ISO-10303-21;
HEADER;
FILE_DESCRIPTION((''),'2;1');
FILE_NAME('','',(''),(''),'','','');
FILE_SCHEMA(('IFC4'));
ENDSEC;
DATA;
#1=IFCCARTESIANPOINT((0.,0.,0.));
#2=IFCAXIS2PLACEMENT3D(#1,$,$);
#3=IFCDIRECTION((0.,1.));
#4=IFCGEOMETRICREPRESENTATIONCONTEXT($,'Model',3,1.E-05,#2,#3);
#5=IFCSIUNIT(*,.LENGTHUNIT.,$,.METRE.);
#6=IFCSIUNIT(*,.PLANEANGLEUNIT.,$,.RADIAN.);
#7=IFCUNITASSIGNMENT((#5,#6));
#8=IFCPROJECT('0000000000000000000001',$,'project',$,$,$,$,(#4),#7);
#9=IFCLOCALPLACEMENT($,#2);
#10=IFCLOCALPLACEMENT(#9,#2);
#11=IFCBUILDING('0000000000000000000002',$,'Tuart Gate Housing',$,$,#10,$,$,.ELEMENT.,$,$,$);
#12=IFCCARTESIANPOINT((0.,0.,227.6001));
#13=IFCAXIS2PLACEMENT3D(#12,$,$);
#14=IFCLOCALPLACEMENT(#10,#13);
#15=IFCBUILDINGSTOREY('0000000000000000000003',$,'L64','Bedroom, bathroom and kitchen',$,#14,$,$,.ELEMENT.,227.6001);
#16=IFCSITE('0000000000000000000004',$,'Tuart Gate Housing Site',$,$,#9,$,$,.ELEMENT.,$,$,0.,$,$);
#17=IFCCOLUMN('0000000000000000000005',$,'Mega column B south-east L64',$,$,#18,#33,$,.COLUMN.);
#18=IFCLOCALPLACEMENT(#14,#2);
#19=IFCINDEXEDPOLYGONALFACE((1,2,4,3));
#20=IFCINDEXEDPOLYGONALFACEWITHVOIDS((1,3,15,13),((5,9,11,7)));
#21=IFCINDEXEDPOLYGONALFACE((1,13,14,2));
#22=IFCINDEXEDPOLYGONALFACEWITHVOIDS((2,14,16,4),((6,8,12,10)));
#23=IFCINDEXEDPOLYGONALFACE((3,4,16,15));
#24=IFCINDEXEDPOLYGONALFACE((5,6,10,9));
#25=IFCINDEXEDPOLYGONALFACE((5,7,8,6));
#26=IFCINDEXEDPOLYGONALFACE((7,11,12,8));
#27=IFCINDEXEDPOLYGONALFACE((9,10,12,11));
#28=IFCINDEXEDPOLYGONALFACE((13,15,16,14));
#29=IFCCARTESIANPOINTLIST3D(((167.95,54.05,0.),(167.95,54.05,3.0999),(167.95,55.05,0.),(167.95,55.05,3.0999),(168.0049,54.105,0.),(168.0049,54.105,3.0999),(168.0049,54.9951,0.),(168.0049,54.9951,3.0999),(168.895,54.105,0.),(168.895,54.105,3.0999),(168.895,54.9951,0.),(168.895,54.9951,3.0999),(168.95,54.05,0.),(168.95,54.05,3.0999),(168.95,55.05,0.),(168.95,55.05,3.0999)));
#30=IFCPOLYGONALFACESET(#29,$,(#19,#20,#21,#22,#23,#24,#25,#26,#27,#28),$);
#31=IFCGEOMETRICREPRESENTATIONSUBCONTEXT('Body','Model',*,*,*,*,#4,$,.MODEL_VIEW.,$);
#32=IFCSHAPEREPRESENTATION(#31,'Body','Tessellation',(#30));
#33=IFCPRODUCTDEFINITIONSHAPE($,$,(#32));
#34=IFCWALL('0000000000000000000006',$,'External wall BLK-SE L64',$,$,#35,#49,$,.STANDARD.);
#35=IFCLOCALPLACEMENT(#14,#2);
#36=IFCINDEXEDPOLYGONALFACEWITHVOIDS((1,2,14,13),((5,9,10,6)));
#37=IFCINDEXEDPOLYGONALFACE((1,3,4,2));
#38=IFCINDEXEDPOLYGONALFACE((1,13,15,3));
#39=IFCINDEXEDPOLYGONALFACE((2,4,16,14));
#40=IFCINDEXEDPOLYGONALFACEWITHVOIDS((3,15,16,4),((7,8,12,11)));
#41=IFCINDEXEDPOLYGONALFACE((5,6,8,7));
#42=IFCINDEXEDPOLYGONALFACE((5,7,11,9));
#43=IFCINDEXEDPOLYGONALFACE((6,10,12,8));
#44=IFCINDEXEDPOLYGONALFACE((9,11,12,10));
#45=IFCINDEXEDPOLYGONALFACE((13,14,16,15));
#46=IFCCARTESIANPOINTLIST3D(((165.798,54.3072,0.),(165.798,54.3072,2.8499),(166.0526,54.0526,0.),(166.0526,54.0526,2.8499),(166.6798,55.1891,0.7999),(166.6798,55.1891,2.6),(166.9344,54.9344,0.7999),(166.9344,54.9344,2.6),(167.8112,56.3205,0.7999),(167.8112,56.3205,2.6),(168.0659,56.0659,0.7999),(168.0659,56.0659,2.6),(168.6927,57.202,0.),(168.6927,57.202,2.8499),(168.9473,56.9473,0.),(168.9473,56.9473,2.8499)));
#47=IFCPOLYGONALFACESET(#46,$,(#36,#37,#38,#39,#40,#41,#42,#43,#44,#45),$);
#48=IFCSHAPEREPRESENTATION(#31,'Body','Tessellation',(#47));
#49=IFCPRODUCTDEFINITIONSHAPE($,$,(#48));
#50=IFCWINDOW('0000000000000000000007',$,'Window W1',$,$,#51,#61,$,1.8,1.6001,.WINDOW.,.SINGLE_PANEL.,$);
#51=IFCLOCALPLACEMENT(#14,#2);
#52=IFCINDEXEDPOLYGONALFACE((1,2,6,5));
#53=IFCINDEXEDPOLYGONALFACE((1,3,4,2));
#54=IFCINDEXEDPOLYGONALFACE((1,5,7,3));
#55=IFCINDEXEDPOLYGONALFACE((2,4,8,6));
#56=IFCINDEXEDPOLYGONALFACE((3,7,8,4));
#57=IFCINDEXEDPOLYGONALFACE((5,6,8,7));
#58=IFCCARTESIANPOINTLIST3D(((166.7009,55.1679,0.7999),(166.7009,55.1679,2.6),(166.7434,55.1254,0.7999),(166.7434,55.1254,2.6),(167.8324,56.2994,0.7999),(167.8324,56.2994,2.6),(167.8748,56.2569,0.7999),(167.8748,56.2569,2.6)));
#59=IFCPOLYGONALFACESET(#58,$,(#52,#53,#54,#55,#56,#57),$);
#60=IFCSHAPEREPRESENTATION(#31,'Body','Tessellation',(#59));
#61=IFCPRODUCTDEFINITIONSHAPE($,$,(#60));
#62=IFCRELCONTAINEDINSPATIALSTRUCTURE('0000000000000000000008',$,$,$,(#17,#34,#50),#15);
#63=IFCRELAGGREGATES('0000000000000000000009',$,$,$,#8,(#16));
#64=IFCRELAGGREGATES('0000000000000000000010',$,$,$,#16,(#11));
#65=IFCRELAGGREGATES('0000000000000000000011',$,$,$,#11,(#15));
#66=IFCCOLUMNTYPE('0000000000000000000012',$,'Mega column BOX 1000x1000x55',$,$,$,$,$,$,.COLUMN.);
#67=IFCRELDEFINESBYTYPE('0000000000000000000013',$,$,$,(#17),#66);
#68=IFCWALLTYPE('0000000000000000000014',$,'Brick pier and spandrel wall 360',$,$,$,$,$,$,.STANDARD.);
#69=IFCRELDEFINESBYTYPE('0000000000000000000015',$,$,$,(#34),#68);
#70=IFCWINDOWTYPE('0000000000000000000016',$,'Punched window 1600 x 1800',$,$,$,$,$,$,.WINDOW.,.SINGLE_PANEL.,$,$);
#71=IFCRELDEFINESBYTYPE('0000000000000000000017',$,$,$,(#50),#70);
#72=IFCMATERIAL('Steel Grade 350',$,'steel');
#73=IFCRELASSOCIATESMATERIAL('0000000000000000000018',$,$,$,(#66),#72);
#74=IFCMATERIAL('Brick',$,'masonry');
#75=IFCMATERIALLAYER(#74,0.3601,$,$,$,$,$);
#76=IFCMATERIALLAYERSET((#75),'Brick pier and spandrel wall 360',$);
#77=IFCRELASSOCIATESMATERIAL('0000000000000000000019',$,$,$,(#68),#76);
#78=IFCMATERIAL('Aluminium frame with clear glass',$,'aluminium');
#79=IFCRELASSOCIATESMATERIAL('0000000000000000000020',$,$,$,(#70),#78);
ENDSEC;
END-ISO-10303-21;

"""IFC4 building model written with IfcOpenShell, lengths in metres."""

from ifc_helpers import new_model, si_unit, direction, frame, frame_2d, origin, origin_2d, place, context, subcontext, project, spatial, rectangle, hollow_rectangle, extrude, material, layer, layer_set, material_profile, profile_set, type_object, element, fill, save


model = new_model("IFC4")

# Units and contexts
model_context = context("Model", 3, precision=1e-05, world=origin(), true_north=direction((0.0, 1.0)))
body_context = subcontext(model_context, "Body", "Model", "MODEL_VIEW")
ifc_project = project(units=[si_unit("LENGTHUNIT", "METRE"), si_unit("PLANEANGLEUNIT", "RADIAN")], contexts=[model_context])

# Site, building, storey
site_placement = place(None, origin())
site = spatial("IfcSite", under=ifc_project, at=site_placement, Name="Tuart Gate Housing Site", CompositionType="ELEMENT", RefElevation=0.0)
building_placement = place(site_placement, origin())
building = spatial("IfcBuilding", under=site, at=building_placement, Name="Tuart Gate Housing", CompositionType="ELEMENT")
storey_placement = place(building_placement, frame((0.0, 0.0, 227.6001)))
storey = spatial("IfcBuildingStorey", under=building, at=storey_placement, Name="L64", Description="Bedroom, bathroom and kitchen", CompositionType="ELEMENT", Elevation=227.6001)

# Column
ifc_material_1 = material(Name="Steel Grade 350", Category="steel")
ifc_material_profile = material_profile(ifc_material_1, hollow_rectangle(XDim=1.0, YDim=1.0, WallThickness=0.0549, at=origin_2d()), Name="BOX 1000x1000x55")
ifc_profile_set = profile_set([ifc_material_profile], Name="Steel Grade 350")
column_type = type_object("IfcColumnType", Name="Mega column BOX 1000x1000x55", PredefinedType="COLUMN", material=ifc_profile_set)
column_placement = place(storey_placement, frame((168.45, 54.55, 0.0), z_axis=(0.0, 0.0, 1.0), x_axis=(1.0, 0.0, 0.0)))
element("IfcColumn", 1, at=column_placement, inside=storey, type_object=column_type, Name="Mega column B south-east L64", PredefinedType="COLUMN", context=body_context, shape_type="SweptSolid", body=[
    extrude(hollow_rectangle(XDim=1.0, YDim=1.0, WallThickness=0.0549, at=origin_2d()), origin(), (0.0, 0.0, 1.0), 3.0999),
])

# Wall, opening, window
ifc_material_2 = material(Name="Brick", Category="masonry")
ifc_layer_1 = layer(ifc_material_2, 0.3601)
ifc_layer_set_1 = layer_set([ifc_layer_1], Name="Brick pier and spandrel wall 360")
wall_type_1 = type_object("IfcWallType", Name="Brick pier and spandrel wall 360", PredefinedType="STANDARD", material=ifc_layer_set_1)
wall_1_placement = place(storey_placement, frame((165.9253, 54.1799, 0.0), z_axis=(0.0, 0.0, 1.0), x_axis=(0.707107, 0.707107, 0.0)))
wall_1 = element("IfcWall", 2, at=wall_1_placement, inside=storey, type_object=wall_type_1, Name="External wall BLK-SE L64", PredefinedType="STANDARD", context=body_context, shape_type="SweptSolid", body=[
    extrude(rectangle(XDim=4.0938, YDim=0.3601, at=frame_2d((2.0469, 0.0))), origin(), (0.0, 0.0, 1.0), 2.8499),
])
opening_1_placement = place(wall_1_placement, frame((1.2471, 0.0, 0.8)))
opening_1 = element("IfcOpeningElement", 3, at=opening_1_placement, cuts=wall_1, PredefinedType="OPENING", context=body_context, shape_type="SweptSolid", body=[
    extrude(rectangle(XDim=1.6001, YDim=1.8, at=frame_2d((0.8, 0.8999))), frame((0.0, 0.1899, 0.0), z_axis=(0.0, -1.0, 0.0), x_axis=(1.0, 0.0, 0.0)), (0.0, 0.0, 1.0), 0.3801),
])
ifc_material_3 = material(Name="Aluminium frame with clear glass", Category="aluminium")
window_type_1 = type_object("IfcWindowType", Name="Punched window 1600 x 1800", PartitioningType="SINGLE_PANEL", PredefinedType="WINDOW", material=ifc_material_3)
window_1_placement = place(opening_1_placement, origin())
window_1 = element("IfcWindow", 4, at=window_1_placement, inside=storey, type_object=window_type_1, Name="Window W1", OverallHeight=1.8, OverallWidth=1.6001, PartitioningType="SINGLE_PANEL", PredefinedType="WINDOW", context=body_context, shape_type="SweptSolid", body=[
    extrude(rectangle(XDim=1.6001, YDim=1.8, at=frame_2d((0.8, 0.8999))), frame((0.0, 0.1501, 0.0), z_axis=(0.0, -1.0, 0.0), x_axis=(1.0, 0.0, 0.0)), (0.0, 0.0, 1.0), 0.0601),
])
fill(opening_1, window_1)

save(model, "model.ifc")
